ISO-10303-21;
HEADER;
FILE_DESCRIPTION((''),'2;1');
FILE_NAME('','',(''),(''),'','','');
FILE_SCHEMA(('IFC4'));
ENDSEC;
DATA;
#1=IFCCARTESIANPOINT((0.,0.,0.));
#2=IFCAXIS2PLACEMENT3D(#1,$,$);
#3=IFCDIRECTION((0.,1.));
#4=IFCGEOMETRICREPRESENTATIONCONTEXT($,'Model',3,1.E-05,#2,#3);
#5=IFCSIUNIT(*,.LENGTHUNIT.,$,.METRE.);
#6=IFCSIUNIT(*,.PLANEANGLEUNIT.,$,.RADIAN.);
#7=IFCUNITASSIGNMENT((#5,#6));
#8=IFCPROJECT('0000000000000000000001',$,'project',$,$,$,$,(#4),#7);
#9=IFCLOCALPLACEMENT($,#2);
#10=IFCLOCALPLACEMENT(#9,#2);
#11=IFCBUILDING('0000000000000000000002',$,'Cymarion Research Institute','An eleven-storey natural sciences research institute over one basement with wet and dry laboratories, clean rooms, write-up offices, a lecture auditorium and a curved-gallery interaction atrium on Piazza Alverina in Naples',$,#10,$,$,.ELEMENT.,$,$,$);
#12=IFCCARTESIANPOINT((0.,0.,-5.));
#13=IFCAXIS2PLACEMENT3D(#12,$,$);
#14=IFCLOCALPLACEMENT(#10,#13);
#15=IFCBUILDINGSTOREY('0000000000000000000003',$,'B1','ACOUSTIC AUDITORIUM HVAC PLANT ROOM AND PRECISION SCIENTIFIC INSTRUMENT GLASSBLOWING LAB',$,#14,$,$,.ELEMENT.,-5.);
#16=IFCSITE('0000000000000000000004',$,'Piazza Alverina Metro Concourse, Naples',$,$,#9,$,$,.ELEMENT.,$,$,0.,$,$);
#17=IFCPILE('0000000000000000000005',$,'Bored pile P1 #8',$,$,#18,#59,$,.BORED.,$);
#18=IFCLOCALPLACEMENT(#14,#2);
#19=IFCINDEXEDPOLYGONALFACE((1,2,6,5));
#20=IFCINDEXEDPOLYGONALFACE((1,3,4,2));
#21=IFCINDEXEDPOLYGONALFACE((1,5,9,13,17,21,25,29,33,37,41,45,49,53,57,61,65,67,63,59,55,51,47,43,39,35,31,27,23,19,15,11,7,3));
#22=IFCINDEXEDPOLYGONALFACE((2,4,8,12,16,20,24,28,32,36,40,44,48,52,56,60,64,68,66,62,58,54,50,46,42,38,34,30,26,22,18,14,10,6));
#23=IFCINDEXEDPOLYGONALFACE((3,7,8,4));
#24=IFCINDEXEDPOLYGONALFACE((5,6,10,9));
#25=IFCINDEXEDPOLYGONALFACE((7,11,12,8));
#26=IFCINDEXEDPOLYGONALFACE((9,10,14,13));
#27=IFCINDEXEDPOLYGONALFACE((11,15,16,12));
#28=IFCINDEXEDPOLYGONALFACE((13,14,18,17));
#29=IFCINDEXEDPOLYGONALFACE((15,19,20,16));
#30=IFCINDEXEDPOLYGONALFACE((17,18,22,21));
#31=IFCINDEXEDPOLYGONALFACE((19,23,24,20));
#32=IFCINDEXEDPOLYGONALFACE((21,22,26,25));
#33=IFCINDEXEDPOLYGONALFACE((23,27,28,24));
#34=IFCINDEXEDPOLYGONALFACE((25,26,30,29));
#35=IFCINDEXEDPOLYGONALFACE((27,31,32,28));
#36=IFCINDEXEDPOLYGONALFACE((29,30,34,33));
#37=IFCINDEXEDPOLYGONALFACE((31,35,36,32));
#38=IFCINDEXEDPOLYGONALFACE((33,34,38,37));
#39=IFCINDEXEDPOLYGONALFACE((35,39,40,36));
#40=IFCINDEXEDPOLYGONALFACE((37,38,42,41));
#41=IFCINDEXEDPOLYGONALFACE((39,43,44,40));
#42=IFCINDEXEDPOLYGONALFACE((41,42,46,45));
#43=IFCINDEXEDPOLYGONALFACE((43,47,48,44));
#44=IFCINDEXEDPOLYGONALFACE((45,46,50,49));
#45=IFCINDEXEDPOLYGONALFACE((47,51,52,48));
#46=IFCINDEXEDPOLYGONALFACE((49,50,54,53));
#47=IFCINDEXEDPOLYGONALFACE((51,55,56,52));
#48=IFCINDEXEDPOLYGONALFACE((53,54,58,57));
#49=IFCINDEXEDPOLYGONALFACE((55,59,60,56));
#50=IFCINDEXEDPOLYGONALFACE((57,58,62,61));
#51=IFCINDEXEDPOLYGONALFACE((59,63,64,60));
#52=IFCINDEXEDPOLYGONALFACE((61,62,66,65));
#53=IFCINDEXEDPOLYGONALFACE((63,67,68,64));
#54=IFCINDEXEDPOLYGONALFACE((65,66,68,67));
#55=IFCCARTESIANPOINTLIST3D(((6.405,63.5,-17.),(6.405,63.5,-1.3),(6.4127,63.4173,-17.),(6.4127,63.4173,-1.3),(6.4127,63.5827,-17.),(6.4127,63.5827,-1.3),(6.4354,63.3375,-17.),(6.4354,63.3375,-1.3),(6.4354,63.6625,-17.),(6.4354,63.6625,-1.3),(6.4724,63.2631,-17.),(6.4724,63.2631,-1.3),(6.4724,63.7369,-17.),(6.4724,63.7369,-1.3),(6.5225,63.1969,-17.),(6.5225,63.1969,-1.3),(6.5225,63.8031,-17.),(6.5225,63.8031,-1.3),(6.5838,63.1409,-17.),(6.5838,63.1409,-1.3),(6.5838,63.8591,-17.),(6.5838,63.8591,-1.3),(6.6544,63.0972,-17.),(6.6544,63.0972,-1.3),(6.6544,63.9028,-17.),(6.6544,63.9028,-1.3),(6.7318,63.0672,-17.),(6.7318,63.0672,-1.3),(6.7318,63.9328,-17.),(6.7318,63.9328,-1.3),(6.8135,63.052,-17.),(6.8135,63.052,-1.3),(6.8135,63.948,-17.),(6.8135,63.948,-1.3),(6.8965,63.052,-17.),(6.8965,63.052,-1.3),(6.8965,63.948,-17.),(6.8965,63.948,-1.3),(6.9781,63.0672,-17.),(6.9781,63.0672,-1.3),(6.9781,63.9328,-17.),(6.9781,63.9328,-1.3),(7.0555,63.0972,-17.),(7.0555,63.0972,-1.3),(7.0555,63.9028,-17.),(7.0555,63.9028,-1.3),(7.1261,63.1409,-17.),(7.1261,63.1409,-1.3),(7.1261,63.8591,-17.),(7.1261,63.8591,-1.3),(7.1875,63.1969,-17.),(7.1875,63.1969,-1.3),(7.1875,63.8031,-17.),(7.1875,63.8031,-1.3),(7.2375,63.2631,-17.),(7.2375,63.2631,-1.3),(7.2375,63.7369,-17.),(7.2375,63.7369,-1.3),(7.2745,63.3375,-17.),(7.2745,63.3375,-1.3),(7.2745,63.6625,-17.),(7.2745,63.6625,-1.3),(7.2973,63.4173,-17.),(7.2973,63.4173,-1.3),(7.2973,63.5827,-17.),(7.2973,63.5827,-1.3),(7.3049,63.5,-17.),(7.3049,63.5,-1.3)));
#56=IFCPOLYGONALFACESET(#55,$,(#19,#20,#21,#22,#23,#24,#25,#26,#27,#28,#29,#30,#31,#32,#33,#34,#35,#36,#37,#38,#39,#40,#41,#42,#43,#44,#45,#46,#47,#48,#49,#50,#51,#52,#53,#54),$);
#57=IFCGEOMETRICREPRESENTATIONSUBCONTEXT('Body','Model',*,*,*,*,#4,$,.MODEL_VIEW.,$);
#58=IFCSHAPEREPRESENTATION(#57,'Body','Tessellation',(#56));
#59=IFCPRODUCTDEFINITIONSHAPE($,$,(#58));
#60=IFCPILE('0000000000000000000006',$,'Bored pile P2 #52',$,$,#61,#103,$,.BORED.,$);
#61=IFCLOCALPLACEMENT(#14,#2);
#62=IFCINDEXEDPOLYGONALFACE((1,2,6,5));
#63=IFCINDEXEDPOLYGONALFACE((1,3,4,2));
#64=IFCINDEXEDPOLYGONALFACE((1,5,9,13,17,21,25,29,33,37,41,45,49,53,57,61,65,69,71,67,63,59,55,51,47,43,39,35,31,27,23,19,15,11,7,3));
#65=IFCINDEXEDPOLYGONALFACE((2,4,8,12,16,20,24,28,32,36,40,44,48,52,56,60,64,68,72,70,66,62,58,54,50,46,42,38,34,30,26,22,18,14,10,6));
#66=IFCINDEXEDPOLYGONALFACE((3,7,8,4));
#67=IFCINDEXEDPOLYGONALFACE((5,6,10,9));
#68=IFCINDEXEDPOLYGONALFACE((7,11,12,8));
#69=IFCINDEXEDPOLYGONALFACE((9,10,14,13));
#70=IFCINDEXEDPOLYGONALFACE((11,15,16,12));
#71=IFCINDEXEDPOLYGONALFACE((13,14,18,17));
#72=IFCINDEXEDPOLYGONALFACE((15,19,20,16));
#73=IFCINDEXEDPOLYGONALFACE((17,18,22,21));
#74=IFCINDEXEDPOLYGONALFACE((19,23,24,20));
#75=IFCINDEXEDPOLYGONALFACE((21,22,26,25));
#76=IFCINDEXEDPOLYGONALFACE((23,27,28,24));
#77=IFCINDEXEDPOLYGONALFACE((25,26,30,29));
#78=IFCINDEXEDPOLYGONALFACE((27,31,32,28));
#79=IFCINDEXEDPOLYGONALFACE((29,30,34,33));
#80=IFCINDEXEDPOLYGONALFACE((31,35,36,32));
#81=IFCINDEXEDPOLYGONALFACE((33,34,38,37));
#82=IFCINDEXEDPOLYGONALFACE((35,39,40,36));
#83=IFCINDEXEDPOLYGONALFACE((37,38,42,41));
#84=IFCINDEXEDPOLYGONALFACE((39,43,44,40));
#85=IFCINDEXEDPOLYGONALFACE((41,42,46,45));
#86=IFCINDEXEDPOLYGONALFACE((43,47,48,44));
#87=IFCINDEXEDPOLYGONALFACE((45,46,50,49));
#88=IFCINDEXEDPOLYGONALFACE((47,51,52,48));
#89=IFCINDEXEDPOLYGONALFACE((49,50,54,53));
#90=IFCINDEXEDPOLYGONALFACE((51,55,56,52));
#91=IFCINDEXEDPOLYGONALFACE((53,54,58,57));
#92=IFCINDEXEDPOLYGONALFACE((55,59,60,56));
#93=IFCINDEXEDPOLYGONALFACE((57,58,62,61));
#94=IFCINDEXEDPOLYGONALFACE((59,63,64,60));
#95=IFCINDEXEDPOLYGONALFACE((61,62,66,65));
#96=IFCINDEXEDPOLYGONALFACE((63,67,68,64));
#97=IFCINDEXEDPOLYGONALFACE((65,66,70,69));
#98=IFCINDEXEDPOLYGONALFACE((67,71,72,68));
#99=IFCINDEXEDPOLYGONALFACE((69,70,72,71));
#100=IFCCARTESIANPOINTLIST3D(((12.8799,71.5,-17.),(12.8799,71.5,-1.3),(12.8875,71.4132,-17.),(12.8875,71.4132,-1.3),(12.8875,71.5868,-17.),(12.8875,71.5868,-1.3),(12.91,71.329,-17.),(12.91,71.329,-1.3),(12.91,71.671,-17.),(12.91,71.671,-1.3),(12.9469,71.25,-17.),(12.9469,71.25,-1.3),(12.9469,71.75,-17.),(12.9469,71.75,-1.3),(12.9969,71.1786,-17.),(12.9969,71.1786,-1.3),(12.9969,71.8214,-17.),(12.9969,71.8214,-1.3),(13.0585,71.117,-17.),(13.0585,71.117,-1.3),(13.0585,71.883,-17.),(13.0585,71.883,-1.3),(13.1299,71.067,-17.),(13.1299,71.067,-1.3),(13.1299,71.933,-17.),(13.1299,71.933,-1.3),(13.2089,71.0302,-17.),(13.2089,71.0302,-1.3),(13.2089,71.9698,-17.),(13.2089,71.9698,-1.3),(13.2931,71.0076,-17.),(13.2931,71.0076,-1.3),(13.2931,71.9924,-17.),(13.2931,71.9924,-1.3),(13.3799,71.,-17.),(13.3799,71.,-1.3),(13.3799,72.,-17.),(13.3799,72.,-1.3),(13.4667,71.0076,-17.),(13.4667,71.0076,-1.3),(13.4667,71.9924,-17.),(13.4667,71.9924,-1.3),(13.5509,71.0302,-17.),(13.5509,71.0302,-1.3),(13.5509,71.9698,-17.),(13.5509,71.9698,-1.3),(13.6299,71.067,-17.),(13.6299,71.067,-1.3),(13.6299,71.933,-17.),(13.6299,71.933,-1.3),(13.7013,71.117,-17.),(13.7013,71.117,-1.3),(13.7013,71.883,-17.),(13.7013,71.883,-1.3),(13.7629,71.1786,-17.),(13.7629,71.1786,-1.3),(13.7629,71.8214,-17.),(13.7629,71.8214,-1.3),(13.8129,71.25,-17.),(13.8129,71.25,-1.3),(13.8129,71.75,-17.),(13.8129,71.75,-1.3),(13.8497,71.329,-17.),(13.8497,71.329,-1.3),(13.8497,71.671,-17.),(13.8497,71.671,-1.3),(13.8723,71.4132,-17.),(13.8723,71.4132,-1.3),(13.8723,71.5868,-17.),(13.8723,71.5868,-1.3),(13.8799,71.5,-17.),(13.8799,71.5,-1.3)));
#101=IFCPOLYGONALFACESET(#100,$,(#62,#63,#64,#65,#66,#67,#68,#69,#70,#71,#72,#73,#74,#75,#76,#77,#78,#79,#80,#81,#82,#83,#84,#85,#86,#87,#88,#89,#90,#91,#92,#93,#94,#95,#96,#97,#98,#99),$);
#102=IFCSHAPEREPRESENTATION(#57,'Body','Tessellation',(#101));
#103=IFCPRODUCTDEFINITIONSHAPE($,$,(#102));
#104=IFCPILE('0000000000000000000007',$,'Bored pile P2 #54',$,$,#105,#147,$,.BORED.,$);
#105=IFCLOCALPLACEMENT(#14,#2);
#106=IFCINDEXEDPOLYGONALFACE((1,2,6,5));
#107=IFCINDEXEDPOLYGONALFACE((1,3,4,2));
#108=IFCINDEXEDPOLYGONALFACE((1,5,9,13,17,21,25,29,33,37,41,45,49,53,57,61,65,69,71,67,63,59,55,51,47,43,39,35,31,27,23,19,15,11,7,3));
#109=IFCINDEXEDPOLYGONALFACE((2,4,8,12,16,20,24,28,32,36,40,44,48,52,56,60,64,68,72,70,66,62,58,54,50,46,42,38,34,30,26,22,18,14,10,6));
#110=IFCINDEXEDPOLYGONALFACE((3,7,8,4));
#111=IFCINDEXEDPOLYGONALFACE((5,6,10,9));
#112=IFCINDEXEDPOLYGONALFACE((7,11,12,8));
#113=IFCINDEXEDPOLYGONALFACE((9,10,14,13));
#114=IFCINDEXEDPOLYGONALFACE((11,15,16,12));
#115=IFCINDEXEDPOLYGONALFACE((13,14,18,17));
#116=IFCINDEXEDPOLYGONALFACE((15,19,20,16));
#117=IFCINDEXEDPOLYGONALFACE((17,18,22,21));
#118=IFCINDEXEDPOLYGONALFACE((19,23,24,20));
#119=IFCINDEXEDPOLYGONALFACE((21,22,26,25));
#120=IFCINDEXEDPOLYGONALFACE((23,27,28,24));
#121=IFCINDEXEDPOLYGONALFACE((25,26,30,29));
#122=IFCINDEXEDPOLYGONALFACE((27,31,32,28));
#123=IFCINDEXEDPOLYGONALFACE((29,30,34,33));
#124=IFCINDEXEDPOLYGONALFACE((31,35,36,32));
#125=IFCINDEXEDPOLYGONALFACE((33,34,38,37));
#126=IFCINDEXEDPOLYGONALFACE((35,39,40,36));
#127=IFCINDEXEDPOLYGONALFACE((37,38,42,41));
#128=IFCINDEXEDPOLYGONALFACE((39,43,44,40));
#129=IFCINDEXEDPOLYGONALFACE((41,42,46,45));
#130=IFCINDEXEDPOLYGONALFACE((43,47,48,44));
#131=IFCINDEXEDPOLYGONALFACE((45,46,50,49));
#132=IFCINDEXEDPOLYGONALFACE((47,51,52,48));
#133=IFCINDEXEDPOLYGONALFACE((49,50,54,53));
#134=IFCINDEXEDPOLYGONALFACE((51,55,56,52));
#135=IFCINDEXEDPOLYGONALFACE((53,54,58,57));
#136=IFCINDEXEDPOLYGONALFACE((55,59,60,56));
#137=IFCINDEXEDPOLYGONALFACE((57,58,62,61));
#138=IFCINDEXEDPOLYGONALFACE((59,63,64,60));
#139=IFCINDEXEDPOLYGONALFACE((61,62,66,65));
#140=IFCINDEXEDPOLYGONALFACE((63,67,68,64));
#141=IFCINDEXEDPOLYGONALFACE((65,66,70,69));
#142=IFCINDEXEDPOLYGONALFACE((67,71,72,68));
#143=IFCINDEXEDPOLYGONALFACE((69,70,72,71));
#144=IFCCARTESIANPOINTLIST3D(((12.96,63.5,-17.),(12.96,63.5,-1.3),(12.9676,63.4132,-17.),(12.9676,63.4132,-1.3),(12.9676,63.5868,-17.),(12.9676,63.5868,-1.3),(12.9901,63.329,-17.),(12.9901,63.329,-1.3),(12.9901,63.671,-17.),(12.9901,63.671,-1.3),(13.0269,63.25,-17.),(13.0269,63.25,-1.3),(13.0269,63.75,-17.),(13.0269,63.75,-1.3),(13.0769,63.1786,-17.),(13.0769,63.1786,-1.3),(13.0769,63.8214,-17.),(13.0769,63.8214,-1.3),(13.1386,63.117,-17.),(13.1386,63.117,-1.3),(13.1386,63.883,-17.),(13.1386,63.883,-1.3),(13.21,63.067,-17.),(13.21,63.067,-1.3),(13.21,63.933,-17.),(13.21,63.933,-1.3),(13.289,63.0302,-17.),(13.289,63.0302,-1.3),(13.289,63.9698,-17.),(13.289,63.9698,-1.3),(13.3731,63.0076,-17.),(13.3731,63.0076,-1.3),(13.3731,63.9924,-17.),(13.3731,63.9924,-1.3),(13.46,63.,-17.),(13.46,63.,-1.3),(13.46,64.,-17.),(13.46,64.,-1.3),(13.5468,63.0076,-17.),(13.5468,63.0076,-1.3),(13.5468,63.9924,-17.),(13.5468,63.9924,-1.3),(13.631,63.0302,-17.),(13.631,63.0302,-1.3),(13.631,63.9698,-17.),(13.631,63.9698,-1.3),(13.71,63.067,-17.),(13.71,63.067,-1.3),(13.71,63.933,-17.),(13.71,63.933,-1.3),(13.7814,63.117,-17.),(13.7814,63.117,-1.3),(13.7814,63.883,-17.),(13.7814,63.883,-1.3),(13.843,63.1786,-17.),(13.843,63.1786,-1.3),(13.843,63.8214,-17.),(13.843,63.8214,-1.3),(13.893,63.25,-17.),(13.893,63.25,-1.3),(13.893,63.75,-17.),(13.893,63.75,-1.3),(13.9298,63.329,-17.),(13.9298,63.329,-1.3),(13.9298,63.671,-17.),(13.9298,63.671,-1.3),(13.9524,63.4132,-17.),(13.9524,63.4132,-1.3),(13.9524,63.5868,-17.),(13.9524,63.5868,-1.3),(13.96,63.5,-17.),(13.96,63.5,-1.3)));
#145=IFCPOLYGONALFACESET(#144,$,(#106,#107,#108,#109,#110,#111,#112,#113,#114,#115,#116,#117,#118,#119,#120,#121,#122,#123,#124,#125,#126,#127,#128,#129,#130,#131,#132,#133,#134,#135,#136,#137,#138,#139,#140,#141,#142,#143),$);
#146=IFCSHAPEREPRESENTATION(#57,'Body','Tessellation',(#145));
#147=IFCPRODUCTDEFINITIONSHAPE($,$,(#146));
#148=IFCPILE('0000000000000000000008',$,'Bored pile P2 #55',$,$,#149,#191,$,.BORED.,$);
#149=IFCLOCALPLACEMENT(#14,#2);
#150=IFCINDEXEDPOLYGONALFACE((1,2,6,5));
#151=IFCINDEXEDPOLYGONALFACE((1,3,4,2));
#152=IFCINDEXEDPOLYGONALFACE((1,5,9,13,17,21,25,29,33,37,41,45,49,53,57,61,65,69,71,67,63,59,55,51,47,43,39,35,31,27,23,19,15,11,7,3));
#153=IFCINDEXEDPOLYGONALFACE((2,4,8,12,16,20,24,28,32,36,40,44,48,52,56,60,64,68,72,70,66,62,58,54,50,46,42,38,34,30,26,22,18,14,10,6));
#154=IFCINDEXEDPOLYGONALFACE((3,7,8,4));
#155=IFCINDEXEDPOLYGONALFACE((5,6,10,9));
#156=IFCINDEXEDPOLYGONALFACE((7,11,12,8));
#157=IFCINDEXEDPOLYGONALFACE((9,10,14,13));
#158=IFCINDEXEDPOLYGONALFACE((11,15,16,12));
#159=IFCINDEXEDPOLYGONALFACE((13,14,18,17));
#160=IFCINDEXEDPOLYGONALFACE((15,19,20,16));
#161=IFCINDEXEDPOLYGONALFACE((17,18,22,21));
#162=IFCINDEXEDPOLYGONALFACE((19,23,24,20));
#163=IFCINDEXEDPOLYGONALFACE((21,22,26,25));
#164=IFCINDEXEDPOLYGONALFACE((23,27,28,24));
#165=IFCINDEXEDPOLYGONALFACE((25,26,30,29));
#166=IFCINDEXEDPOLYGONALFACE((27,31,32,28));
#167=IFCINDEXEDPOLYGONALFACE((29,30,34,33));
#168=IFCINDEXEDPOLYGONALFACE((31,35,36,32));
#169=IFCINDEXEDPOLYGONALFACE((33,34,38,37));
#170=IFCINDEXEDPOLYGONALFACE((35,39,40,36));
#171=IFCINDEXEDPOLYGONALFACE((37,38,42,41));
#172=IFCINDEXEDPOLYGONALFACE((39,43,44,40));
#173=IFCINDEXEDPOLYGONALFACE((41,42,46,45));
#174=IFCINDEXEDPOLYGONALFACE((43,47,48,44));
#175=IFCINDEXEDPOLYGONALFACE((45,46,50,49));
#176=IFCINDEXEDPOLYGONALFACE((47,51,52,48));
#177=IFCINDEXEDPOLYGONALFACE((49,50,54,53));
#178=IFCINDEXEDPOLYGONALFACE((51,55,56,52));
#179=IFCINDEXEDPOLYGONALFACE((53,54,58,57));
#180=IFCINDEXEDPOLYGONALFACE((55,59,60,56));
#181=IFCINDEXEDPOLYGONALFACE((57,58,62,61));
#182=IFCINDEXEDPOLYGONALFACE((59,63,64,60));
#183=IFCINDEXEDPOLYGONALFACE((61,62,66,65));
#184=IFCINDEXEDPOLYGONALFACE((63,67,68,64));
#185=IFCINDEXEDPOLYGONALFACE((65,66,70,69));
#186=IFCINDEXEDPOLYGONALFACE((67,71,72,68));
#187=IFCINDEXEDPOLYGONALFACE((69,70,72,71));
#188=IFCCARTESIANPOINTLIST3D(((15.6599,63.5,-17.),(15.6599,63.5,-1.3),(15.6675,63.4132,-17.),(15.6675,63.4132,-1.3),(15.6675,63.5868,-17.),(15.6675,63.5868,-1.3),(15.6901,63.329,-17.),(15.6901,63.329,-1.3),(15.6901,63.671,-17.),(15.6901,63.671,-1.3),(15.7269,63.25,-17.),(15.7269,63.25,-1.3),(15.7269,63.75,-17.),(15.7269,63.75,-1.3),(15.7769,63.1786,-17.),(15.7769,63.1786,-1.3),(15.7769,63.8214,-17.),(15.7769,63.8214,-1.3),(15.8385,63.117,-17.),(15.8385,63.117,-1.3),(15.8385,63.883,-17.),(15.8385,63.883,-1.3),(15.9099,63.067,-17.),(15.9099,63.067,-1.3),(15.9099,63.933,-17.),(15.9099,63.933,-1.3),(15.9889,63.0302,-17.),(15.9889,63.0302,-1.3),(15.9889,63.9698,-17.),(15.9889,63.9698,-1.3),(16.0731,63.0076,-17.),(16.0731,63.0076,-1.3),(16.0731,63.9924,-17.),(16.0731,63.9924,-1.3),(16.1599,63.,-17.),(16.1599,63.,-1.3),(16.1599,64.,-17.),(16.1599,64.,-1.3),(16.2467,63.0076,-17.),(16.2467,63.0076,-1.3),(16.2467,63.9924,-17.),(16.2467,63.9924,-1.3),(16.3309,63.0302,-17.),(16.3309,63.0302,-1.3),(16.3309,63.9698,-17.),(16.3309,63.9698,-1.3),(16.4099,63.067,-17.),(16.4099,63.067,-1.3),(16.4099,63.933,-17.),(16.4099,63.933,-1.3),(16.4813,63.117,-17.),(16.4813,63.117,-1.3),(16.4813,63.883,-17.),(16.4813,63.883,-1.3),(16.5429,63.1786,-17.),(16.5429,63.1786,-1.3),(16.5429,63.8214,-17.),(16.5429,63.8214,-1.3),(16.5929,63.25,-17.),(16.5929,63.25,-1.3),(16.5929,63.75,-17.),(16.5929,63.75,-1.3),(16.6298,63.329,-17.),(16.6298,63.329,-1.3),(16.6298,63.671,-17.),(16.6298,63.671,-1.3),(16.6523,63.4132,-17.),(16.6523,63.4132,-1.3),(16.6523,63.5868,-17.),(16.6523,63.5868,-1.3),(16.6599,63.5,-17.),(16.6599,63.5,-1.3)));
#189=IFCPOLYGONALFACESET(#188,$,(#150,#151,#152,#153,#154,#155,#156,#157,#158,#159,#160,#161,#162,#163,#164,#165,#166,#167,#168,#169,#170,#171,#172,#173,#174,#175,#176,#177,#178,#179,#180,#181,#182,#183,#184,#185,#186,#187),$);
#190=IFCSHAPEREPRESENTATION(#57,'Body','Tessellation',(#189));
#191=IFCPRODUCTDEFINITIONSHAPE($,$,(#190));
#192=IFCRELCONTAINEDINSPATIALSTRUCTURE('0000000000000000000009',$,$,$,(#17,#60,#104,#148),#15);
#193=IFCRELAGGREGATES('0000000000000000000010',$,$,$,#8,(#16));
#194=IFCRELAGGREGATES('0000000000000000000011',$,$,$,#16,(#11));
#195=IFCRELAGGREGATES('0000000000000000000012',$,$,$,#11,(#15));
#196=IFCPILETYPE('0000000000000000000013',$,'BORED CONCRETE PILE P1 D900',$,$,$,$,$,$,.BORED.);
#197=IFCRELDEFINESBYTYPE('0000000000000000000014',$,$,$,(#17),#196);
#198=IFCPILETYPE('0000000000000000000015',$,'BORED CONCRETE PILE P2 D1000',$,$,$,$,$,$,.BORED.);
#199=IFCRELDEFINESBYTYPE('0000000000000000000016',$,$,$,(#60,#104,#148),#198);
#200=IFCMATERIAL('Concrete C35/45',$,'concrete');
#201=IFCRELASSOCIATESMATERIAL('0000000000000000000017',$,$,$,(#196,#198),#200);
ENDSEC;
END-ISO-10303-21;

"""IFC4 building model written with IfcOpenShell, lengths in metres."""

from ifc_helpers import new_model, si_unit, direction, frame, origin, origin_2d, place, context, subcontext, project, spatial, circle, extrude, material, material_profile, profile_set, type_object, element, save


model = new_model("IFC4")

# Units and contexts
model_context = context("Model", 3, precision=1e-05, world=origin(), true_north=direction((0.0, 1.0)))
body_context = subcontext(model_context, "Body", "Model", "MODEL_VIEW")
ifc_project = project(units=[si_unit("LENGTHUNIT", "METRE"), si_unit("PLANEANGLEUNIT", "RADIAN")], contexts=[model_context])

# Site, building, storey
site_placement = place(None, origin())
site = spatial("IfcSite", under=ifc_project, at=site_placement, Name="Piazza Alverina Metro Concourse, Naples", CompositionType="ELEMENT", RefElevation=0.0)
building_placement = place(site_placement, origin())
building = spatial("IfcBuilding", under=site, at=building_placement, Name="Cymarion Research Institute", Description="An eleven-storey natural sciences research institute over one basement with wet and dry laboratories, clean rooms, write-up offices, a lecture auditorium and a curved-gallery interaction atrium on Piazza Alverina in Naples", CompositionType="ELEMENT")
storey_placement = place(building_placement, frame((0.0, 0.0, -5.0)))
storey = spatial("IfcBuildingStorey", under=building, at=storey_placement, Name="B1", Description="ACOUSTIC AUDITORIUM HVAC PLANT ROOM AND PRECISION SCIENTIFIC INSTRUMENT GLASSBLOWING LAB", CompositionType="ELEMENT", Elevation=-5.0)

# Piles
ifc_material_1 = material(Name="Concrete C35/45", Category="concrete")
ifc_material_profile_1 = material_profile(ifc_material_1, circle(Radius=0.45, at=origin_2d()), Name="BORED PILE D900")
ifc_profile_set_1 = profile_set([ifc_material_profile_1], Name="Concrete C35/45")
pile_type_1 = type_object("IfcPileType", Name="BORED CONCRETE PILE P1 D900", PredefinedType="BORED", material=ifc_profile_set_1)
pile_placement = place(storey_placement, frame((6.855, 63.5, -1.3), z_axis=(0.0, 0.0, -1.0), x_axis=(1.0, 0.0, 0.0)))
element("IfcPile", 1, at=pile_placement, inside=storey, type_object=pile_type_1, Name="Bored pile P1 #8", PredefinedType="BORED", context=body_context, shape_type="SweptSolid", body=[
    extrude(circle(Radius=0.45, at=origin_2d()), origin(), (0.0, 0.0, 1.0), 15.7),
])
ifc_material_profile_2 = material_profile(ifc_material_1, circle(Radius=0.5, at=origin_2d()), Name="BORED PILE D1000")
ifc_profile_set_2 = profile_set([ifc_material_profile_2], Name="Concrete C35/45")
pile_type_2 = type_object("IfcPileType", Name="BORED CONCRETE PILE P2 D1000", PredefinedType="BORED", material=ifc_profile_set_2)
for number, where, z_axis, x_axis, name in (
    (2, (13.3799, 71.5, -1.3), (0.0, 0.0, -1.0), (1.0, 0.0, 0.0), "Bored pile P2 #52"),
    (3, (13.46, 63.5, -1.3), (0.0, 0.0, -1.0), (1.0, 0.0, 0.0), "Bored pile P2 #54"),
    (4, (16.1599, 63.5, -1.3), (0.0, 0.0, -1.0), (1.0, 0.0, 0.0), "Bored pile P2 #55"),
):
    element("IfcPile", number, at=place(storey_placement, frame(where, z_axis=z_axis, x_axis=x_axis)), inside=storey, type_object=pile_type_2, Name=name, PredefinedType="BORED", context=body_context, shape_type="SweptSolid", body=[
        extrude(circle(Radius=0.5, at=origin_2d()), origin(), (0.0, 0.0, 1.0), 15.7),
    ])

save(model, "model.ifc")
